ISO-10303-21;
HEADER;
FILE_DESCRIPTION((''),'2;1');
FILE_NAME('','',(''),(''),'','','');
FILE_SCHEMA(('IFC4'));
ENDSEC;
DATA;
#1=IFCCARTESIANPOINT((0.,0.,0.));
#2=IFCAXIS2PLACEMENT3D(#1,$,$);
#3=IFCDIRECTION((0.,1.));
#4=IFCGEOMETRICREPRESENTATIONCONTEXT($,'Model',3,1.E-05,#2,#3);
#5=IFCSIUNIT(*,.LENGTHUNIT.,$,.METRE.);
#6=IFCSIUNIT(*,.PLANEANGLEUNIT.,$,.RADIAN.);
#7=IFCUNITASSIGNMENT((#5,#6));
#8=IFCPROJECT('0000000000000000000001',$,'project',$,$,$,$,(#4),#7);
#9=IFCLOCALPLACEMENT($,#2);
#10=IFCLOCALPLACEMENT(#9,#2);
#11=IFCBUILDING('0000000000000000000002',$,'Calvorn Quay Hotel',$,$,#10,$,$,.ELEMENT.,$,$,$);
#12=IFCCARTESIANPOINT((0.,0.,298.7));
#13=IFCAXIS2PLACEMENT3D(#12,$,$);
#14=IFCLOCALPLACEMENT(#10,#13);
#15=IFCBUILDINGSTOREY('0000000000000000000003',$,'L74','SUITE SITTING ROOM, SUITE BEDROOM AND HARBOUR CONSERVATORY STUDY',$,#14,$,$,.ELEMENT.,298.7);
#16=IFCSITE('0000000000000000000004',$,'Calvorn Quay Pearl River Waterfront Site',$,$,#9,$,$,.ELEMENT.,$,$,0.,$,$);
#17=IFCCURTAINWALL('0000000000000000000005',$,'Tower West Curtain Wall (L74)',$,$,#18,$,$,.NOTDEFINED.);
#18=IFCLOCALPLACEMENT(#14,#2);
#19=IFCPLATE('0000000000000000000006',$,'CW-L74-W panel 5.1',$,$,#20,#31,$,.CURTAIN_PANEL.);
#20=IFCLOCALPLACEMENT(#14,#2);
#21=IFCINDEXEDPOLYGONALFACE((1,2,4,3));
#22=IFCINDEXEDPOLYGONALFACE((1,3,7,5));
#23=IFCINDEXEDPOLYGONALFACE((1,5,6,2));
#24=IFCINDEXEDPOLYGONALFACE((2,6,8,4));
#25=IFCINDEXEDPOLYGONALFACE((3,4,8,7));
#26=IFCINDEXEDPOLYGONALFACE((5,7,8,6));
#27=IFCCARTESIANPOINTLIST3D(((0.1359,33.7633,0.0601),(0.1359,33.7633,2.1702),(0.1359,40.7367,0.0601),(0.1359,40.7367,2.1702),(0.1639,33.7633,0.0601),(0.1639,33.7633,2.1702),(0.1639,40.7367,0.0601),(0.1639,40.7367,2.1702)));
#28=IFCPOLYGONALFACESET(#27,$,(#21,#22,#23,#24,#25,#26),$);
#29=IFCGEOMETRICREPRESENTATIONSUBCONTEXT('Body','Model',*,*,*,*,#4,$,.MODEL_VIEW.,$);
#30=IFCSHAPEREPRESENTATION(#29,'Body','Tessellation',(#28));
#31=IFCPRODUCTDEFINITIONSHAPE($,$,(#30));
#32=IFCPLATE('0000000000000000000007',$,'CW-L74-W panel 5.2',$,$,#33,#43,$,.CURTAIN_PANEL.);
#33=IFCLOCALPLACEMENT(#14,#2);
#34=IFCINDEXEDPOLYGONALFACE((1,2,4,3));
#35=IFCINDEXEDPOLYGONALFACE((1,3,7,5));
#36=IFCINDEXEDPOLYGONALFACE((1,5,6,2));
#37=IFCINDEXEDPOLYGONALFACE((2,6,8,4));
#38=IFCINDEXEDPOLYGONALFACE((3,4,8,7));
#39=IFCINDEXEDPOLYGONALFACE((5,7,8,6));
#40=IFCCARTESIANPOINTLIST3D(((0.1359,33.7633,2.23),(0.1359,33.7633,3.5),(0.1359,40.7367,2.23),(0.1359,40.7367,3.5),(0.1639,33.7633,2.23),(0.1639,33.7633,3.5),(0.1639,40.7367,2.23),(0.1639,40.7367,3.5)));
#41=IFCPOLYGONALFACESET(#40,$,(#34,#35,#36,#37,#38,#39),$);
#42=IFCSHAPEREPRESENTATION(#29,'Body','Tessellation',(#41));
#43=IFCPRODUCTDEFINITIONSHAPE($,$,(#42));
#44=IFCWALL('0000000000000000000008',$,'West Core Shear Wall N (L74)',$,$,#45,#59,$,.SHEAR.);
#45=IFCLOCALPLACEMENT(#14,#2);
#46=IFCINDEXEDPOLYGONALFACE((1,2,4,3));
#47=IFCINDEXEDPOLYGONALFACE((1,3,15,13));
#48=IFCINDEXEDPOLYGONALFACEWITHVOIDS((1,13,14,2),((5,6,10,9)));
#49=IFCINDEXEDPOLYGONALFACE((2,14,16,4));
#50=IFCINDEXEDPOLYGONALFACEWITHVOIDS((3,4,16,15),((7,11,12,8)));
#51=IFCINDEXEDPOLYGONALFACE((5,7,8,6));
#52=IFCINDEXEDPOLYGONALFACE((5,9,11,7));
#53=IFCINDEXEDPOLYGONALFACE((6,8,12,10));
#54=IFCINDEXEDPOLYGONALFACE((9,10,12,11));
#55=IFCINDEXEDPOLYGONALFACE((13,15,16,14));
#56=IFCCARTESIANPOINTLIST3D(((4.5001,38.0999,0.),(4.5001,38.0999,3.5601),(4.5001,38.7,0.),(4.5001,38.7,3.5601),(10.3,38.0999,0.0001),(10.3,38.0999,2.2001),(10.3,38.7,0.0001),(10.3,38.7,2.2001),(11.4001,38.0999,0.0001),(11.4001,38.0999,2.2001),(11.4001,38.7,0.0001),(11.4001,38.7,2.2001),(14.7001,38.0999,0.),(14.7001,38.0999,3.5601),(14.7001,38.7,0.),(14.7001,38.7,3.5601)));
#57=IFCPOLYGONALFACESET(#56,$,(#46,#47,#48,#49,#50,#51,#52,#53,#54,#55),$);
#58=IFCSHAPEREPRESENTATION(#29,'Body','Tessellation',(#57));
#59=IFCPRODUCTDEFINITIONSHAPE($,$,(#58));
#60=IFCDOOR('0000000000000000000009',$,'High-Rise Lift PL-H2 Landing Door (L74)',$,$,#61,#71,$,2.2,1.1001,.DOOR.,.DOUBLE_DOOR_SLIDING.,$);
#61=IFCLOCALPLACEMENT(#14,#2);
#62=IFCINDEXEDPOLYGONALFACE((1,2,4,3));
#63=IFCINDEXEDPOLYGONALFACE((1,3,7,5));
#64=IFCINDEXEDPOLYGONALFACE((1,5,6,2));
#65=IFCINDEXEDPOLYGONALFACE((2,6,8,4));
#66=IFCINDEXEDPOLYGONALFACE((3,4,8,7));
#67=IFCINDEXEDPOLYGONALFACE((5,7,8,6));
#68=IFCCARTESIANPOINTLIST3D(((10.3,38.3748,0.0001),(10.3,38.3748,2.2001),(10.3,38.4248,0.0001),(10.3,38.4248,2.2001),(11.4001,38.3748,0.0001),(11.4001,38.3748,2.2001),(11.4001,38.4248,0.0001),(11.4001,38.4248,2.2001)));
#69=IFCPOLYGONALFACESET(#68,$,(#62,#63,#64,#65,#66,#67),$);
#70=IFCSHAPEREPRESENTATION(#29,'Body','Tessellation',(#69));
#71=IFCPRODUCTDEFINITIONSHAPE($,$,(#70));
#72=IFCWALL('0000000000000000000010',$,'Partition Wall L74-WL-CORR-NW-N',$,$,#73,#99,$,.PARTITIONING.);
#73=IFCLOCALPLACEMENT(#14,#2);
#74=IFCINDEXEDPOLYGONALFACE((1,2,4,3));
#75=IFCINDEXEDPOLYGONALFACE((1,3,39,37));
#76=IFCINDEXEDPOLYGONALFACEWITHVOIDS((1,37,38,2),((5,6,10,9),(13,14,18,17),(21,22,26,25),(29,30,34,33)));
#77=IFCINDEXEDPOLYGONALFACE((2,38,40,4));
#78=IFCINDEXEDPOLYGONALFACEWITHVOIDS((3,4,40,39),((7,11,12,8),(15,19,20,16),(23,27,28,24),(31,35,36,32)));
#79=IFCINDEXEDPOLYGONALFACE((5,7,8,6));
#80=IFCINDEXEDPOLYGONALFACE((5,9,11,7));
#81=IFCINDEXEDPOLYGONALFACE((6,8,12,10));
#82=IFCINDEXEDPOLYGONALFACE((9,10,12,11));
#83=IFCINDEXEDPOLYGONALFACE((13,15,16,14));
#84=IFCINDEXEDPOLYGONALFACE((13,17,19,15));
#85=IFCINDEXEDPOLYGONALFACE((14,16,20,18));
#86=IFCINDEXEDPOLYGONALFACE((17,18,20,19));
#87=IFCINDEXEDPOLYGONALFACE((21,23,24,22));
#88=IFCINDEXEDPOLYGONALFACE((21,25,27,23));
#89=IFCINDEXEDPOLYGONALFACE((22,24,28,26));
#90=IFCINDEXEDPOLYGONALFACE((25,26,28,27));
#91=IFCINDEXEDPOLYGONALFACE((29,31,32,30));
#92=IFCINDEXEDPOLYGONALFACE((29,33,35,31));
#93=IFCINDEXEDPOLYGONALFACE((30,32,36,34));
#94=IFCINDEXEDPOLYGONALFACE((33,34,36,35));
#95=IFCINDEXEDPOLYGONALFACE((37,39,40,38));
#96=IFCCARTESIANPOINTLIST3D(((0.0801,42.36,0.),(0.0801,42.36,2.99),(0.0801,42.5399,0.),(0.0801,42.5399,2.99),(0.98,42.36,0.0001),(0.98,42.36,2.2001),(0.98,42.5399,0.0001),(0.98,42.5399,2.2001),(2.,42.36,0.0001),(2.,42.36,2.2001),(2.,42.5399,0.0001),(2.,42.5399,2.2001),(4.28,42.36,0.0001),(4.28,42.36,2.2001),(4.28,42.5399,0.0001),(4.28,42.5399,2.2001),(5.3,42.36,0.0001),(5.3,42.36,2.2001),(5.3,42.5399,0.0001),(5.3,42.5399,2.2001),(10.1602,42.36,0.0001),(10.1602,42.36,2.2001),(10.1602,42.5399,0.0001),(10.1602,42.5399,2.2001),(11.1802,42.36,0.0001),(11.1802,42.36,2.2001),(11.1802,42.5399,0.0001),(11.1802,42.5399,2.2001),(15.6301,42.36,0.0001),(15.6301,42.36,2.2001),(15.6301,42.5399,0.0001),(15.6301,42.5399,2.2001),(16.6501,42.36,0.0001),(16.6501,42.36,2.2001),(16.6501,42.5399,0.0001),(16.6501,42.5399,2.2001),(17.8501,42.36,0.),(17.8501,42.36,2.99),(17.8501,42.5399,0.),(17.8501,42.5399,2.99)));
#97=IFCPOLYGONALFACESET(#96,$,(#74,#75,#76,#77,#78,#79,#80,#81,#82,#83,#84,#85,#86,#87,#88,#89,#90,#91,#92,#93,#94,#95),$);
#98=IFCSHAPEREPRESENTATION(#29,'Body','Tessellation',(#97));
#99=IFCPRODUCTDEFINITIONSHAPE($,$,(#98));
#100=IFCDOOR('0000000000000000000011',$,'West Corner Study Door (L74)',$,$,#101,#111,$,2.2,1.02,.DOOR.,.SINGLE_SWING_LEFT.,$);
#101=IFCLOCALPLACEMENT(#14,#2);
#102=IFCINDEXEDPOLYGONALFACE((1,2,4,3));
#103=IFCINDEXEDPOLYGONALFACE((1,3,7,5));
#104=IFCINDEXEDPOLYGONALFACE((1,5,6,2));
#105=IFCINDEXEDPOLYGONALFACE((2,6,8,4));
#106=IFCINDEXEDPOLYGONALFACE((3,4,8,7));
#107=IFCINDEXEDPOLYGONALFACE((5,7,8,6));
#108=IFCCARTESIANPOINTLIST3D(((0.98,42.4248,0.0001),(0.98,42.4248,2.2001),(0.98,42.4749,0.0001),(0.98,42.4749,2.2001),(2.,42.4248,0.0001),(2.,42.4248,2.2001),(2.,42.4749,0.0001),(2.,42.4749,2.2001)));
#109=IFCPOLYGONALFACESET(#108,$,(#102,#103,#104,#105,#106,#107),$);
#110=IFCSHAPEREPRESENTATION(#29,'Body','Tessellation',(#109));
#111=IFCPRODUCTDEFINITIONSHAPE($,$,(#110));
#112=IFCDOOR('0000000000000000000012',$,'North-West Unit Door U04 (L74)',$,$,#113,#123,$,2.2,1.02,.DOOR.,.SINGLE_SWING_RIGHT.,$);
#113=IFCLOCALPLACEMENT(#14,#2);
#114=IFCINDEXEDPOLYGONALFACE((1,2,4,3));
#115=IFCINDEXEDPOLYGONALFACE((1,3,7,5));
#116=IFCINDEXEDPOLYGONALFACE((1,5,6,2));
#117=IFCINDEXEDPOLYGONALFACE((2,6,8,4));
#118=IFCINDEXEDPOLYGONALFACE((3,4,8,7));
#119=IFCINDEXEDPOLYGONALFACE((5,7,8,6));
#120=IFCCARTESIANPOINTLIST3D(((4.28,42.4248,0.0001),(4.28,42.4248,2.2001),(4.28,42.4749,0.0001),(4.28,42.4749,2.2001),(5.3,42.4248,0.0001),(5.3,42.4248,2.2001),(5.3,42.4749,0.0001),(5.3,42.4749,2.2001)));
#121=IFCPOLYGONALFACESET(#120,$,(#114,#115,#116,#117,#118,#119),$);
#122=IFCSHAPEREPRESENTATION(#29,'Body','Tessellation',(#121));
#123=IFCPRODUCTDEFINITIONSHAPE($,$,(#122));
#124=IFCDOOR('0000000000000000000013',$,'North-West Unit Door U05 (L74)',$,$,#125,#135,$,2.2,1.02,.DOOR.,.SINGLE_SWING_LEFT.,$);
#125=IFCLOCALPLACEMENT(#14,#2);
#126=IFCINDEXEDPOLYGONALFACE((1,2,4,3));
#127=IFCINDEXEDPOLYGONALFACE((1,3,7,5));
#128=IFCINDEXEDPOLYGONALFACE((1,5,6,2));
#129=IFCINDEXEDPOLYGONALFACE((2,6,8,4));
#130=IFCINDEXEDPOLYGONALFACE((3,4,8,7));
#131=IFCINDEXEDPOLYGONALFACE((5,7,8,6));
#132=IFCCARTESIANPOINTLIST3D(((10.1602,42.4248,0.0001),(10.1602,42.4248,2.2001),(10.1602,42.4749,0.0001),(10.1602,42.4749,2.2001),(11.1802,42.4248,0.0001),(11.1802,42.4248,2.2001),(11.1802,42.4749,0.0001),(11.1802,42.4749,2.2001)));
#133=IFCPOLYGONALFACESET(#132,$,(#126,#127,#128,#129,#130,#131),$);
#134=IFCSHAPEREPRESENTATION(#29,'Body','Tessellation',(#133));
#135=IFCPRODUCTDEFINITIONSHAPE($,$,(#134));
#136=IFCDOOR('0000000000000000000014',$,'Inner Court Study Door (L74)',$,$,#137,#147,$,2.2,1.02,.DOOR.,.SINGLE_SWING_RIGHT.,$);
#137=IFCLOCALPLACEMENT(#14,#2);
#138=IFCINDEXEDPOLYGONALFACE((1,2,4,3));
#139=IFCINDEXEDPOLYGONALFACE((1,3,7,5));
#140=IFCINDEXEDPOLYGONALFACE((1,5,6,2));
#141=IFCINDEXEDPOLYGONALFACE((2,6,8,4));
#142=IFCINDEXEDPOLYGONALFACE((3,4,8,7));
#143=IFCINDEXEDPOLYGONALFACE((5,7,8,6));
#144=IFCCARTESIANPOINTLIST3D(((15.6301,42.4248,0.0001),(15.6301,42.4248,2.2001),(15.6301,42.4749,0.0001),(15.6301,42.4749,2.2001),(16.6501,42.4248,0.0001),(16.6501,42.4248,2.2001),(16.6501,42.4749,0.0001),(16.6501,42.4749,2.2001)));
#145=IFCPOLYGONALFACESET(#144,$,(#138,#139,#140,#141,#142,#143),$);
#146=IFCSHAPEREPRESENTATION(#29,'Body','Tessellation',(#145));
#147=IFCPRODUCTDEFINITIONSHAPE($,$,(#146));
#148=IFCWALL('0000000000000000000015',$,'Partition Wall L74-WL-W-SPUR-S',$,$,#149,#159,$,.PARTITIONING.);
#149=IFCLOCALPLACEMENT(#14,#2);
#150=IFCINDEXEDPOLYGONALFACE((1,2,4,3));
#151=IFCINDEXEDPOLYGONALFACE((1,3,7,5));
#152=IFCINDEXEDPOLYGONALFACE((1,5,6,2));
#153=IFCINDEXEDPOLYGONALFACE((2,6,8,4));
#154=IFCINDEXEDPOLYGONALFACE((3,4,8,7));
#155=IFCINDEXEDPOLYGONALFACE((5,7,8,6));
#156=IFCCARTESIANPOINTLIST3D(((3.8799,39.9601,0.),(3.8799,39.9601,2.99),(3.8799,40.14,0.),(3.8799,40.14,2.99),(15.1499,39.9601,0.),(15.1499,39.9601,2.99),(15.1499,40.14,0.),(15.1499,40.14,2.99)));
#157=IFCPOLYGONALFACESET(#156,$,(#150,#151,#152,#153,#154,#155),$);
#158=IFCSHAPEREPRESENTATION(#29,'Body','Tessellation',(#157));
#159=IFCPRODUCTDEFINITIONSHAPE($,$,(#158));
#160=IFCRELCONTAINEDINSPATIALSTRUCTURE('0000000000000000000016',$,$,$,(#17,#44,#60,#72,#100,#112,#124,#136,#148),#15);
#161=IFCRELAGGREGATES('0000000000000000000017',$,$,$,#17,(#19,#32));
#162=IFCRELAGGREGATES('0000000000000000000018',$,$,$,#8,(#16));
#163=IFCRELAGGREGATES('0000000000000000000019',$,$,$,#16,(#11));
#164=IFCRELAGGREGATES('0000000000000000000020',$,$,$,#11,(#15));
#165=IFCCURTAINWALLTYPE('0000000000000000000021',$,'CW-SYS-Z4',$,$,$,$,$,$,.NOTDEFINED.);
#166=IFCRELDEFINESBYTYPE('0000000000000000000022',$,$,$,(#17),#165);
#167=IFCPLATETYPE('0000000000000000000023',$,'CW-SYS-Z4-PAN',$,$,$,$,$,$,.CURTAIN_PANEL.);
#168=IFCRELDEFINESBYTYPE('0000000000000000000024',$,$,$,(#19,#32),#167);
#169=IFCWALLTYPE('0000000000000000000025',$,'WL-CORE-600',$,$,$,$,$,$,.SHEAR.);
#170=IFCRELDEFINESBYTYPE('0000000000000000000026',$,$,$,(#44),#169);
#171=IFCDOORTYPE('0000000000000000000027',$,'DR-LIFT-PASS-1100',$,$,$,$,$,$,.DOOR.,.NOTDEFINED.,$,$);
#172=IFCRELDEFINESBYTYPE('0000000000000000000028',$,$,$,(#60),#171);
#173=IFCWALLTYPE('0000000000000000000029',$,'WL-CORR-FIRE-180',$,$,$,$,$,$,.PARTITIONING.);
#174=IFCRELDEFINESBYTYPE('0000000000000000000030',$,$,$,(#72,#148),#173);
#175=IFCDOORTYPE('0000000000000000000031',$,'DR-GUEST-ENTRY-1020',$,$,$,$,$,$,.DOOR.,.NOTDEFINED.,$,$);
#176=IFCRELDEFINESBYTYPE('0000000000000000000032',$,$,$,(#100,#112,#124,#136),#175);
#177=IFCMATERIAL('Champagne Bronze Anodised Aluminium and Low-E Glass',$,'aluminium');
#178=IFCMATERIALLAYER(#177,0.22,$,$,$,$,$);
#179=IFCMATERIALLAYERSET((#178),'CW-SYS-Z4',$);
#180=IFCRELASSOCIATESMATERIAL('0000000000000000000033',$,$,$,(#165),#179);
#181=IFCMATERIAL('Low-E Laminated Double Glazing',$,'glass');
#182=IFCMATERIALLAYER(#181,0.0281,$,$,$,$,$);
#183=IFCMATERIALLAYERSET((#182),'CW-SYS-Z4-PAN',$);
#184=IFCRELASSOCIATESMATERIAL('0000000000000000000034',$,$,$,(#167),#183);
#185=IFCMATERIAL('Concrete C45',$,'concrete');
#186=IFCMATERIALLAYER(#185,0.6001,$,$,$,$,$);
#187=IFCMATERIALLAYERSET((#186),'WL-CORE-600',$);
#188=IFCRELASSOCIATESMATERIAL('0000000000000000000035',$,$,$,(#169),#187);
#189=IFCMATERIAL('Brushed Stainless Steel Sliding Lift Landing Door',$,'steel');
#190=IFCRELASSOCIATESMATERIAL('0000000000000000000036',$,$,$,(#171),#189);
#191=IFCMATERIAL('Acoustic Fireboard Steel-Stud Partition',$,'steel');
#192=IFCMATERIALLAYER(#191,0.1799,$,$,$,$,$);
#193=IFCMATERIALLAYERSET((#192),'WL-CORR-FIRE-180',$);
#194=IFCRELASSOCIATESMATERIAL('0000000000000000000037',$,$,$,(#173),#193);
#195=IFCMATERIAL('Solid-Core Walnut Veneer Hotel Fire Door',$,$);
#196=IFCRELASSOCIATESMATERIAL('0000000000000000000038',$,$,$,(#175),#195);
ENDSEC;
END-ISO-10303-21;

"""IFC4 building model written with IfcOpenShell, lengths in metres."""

from ifc_helpers import new_model, si_unit, direction, frame, frame_2d, origin, origin_2d, place, context, subcontext, project, spatial, rectangle, extrude, material, layer, layer_set, type_object, element, fill, aggregate, save


model = new_model("IFC4")

# Units and contexts
model_context = context("Model", 3, precision=1e-05, world=origin(), true_north=direction((0.0, 1.0)))
body_context = subcontext(model_context, "Body", "Model", "MODEL_VIEW")
ifc_project = project(units=[si_unit("LENGTHUNIT", "METRE"), si_unit("PLANEANGLEUNIT", "RADIAN")], contexts=[model_context])

# Site, building, storey
site_placement = place(None, origin())
site = spatial("IfcSite", under=ifc_project, at=site_placement, Name="Calvorn Quay Pearl River Waterfront Site", CompositionType="ELEMENT", RefElevation=0.0)
building_placement = place(site_placement, origin())
building = spatial("IfcBuilding", under=site, at=building_placement, Name="Calvorn Quay Hotel", CompositionType="ELEMENT")
storey_placement = place(building_placement, frame((0.0, 0.0, 298.7)))
storey = spatial("IfcBuildingStorey", under=building, at=storey_placement, Name="L74", Description="SUITE SITTING ROOM, SUITE BEDROOM AND HARBOUR CONSERVATORY STUDY", CompositionType="ELEMENT", Elevation=298.7)

# Curtain wall, plates
ifc_material_1 = material(Name="Champagne Bronze Anodised Aluminium and Low-E Glass", Category="aluminium")
ifc_layer_1 = layer(ifc_material_1, 0.22)
ifc_layer_set_1 = layer_set([ifc_layer_1], Name="CW-SYS-Z4")
curtain_wall_type = type_object("IfcCurtainWallType", Name="CW-SYS-Z4", PredefinedType="NOTDEFINED", material=ifc_layer_set_1)
curtain_wall_placement = place(storey_placement, origin())
curtain_wall = element("IfcCurtainWall", 1, at=curtain_wall_placement, inside=storey, type_object=curtain_wall_type, Name="Tower West Curtain Wall (L74)", PredefinedType="NOTDEFINED")
ifc_material_2 = material(Name="Low-E Laminated Double Glazing", Category="glass")
ifc_layer_2 = layer(ifc_material_2, 0.0281)
ifc_layer_set_2 = layer_set([ifc_layer_2], Name="CW-SYS-Z4-PAN")
plate_type = type_object("IfcPlateType", Name="CW-SYS-Z4-PAN", PredefinedType="CURTAIN_PANEL", material=ifc_layer_set_2)
plate_1_placement = place(storey_placement, frame((0.1499, 37.25, 0.0601), z_axis=(0.0, 0.0, 1.0), x_axis=(0.0, 1.0, 0.0)))
plate_1 = element("IfcPlate", 2, at=plate_1_placement, type_object=plate_type, Name="CW-L74-W panel 5.1", PredefinedType="CURTAIN_PANEL", context=body_context, shape_type="SweptSolid", body=[
    extrude(rectangle(XDim=6.9734, YDim=0.0281, at=origin_2d()), origin(), (0.0, 0.0, 1.0), 2.1101),
])
plate_2_placement = place(storey_placement, frame((0.1499, 37.25, 2.23), z_axis=(0.0, 0.0, 1.0), x_axis=(0.0, 1.0, 0.0)))
plate_2 = element("IfcPlate", 3, at=plate_2_placement, type_object=plate_type, Name="CW-L74-W panel 5.2", PredefinedType="CURTAIN_PANEL", context=body_context, shape_type="SweptSolid", body=[
    extrude(rectangle(XDim=6.9734, YDim=0.0281, at=origin_2d()), origin(), (0.0, 0.0, 1.0), 1.27),
])
aggregate(curtain_wall, [plate_1, plate_2])

# Wall, opening, door
ifc_material_3 = material(Name="Concrete C45", Category="concrete")
ifc_layer_3 = layer(ifc_material_3, 0.6001)
ifc_layer_set_3 = layer_set([ifc_layer_3], Name="WL-CORE-600")
wall_type_1 = type_object("IfcWallType", Name="WL-CORE-600", PredefinedType="SHEAR", material=ifc_layer_set_3)
wall_1_placement = place(storey_placement, frame((4.5, 38.3999, 0.0), z_axis=(0.0, 0.0, 1.0), x_axis=(1.0, 0.0, 0.0)))
wall_1 = element("IfcWall", 4, at=wall_1_placement, inside=storey, type_object=wall_type_1, Name="West Core Shear Wall N (L74)", PredefinedType="SHEAR", context=body_context, shape_type="SweptSolid", body=[
    extrude(rectangle(XDim=10.2, YDim=0.6001, at=frame_2d((5.1001, 0.0))), origin(), (0.0, 0.0, 1.0), 3.5601),
])
opening_1_placement = place(wall_1_placement, frame((5.8, 0.0, 0.0)))
opening_1 = element("IfcOpeningElement", 5, at=opening_1_placement, cuts=wall_1, PredefinedType="OPENING", context=body_context, shape_type="SweptSolid", body=[
    extrude(rectangle(XDim=1.1001, YDim=2.2, at=frame_2d((0.55, 1.1001))), frame((0.0, 0.3101, 0.0), z_axis=(0.0, -1.0, 0.0), x_axis=(1.0, 0.0, 0.0)), (0.0, 0.0, 1.0), 0.6201),
])
ifc_material_4 = material(Name="Brushed Stainless Steel Sliding Lift Landing Door", Category="steel")
door_type_1 = type_object("IfcDoorType", Name="DR-LIFT-PASS-1100", OperationType="NOTDEFINED", PredefinedType="DOOR", material=ifc_material_4)
door_1_placement = place(opening_1_placement, origin())
door_1 = element("IfcDoor", 6, at=door_1_placement, inside=storey, type_object=door_type_1, Name="High-Rise Lift PL-H2 Landing Door (L74)", OperationType="DOUBLE_DOOR_SLIDING", OverallHeight=2.2, OverallWidth=1.1001, PredefinedType="DOOR", context=body_context, shape_type="SweptSolid", body=[
    extrude(rectangle(XDim=1.1001, YDim=2.2, at=frame_2d((0.55, 1.1001))), frame((0.0, 0.0249, 0.0), z_axis=(0.0, -1.0, 0.0), x_axis=(1.0, 0.0, 0.0)), (0.0, 0.0, 1.0), 0.05),
])
fill(opening_1, door_1)
ifc_material_5 = material(Name="Acoustic Fireboard Steel-Stud Partition", Category="steel")
ifc_layer_4 = layer(ifc_material_5, 0.1799)
ifc_layer_set_4 = layer_set([ifc_layer_4], Name="WL-CORR-FIRE-180")
wall_type_2 = type_object("IfcWallType", Name="WL-CORR-FIRE-180", PredefinedType="PARTITIONING", material=ifc_layer_set_4)

# Wall, openings, doors
wall_2_placement = place(storey_placement, frame((0.0801, 42.45, 0.0), z_axis=(0.0, 0.0, 1.0), x_axis=(1.0, 0.0, 0.0)))
wall_2 = element("IfcWall", 7, at=wall_2_placement, inside=storey, type_object=wall_type_2, Name="Partition Wall L74-WL-CORR-NW-N", PredefinedType="PARTITIONING", context=body_context, shape_type="SweptSolid", body=[
    extrude(rectangle(XDim=17.77, YDim=0.1799, at=frame_2d((8.885, 0.0))), origin(), (0.0, 0.0, 1.0), 2.99),
])
opening_2_placement = place(wall_2_placement, frame((0.8999, 0.0, 0.0)))
opening_2 = element("IfcOpeningElement", 8, at=opening_2_placement, cuts=wall_2, PredefinedType="OPENING", context=body_context, shape_type="SweptSolid", body=[
    extrude(rectangle(XDim=1.02, YDim=2.2, at=frame_2d((0.51, 1.1001))), frame((0.0, 0.0999, 0.0), z_axis=(0.0, -1.0, 0.0), x_axis=(1.0, 0.0, 0.0)), (0.0, 0.0, 1.0), 0.2),
])
opening_3_placement = place(wall_2_placement, frame((4.2, 0.0, 0.0)))
opening_3 = element("IfcOpeningElement", 9, at=opening_3_placement, cuts=wall_2, PredefinedType="OPENING", context=body_context, shape_type="SweptSolid", body=[
    extrude(rectangle(XDim=1.02, YDim=2.2, at=frame_2d((0.51, 1.1001))), frame((0.0, 0.0999, 0.0), z_axis=(0.0, -1.0, 0.0), x_axis=(1.0, 0.0, 0.0)), (0.0, 0.0, 1.0), 0.2),
])
opening_4_placement = place(wall_2_placement, frame((10.0801, 0.0, 0.0)))
opening_4 = element("IfcOpeningElement", 10, at=opening_4_placement, cuts=wall_2, PredefinedType="OPENING", context=body_context, shape_type="SweptSolid", body=[
    extrude(rectangle(XDim=1.02, YDim=2.2, at=frame_2d((0.51, 1.1001))), frame((0.0, 0.0999, 0.0), z_axis=(0.0, -1.0, 0.0), x_axis=(1.0, 0.0, 0.0)), (0.0, 0.0, 1.0), 0.2),
])
opening_5_placement = place(wall_2_placement, frame((15.55, 0.0, 0.0)))
opening_5 = element("IfcOpeningElement", 11, at=opening_5_placement, cuts=wall_2, PredefinedType="OPENING", context=body_context, shape_type="SweptSolid", body=[
    extrude(rectangle(XDim=1.02, YDim=2.2, at=frame_2d((0.51, 1.1001))), frame((0.0, 0.0999, 0.0), z_axis=(0.0, -1.0, 0.0), x_axis=(1.0, 0.0, 0.0)), (0.0, 0.0, 1.0), 0.2),
])
ifc_material_6 = material(Name="Solid-Core Walnut Veneer Hotel Fire Door")
door_type_2 = type_object("IfcDoorType", Name="DR-GUEST-ENTRY-1020", OperationType="NOTDEFINED", PredefinedType="DOOR", material=ifc_material_6)
door_2_placement = place(opening_2_placement, origin())
door_2 = element("IfcDoor", 12, at=door_2_placement, inside=storey, type_object=door_type_2, Name="West Corner Study Door (L74)", OperationType="SINGLE_SWING_LEFT", OverallHeight=2.2, OverallWidth=1.02, PredefinedType="DOOR", context=body_context, shape_type="SweptSolid", body=[
    extrude(rectangle(XDim=1.02, YDim=2.2, at=frame_2d((0.51, 1.1001))), frame((0.0, 0.0249, 0.0), z_axis=(0.0, -1.0, 0.0), x_axis=(1.0, 0.0, 0.0)), (0.0, 0.0, 1.0), 0.05),
])
fill(opening_2, door_2)
door_3_placement = place(opening_3_placement, origin())
door_3 = element("IfcDoor", 13, at=door_3_placement, inside=storey, type_object=door_type_2, Name="North-West Unit Door U04 (L74)", OperationType="SINGLE_SWING_RIGHT", OverallHeight=2.2, OverallWidth=1.02, PredefinedType="DOOR", context=body_context, shape_type="SweptSolid", body=[
    extrude(rectangle(XDim=1.02, YDim=2.2, at=frame_2d((0.51, 1.1001))), frame((0.0, 0.0249, 0.0), z_axis=(0.0, -1.0, 0.0), x_axis=(1.0, 0.0, 0.0)), (0.0, 0.0, 1.0), 0.05),
])
fill(opening_3, door_3)
door_4_placement = place(opening_4_placement, origin())
door_4 = element("IfcDoor", 14, at=door_4_placement, inside=storey, type_object=door_type_2, Name="North-West Unit Door U05 (L74)", OperationType="SINGLE_SWING_LEFT", OverallHeight=2.2, OverallWidth=1.02, PredefinedType="DOOR", context=body_context, shape_type="SweptSolid", body=[
    extrude(rectangle(XDim=1.02, YDim=2.2, at=frame_2d((0.51, 1.1001))), frame((0.0, 0.0249, 0.0), z_axis=(0.0, -1.0, 0.0), x_axis=(1.0, 0.0, 0.0)), (0.0, 0.0, 1.0), 0.05),
])
fill(opening_4, door_4)
door_5_placement = place(opening_5_placement, origin())
door_5 = element("IfcDoor", 15, at=door_5_placement, inside=storey, type_object=door_type_2, Name="Inner Court Study Door (L74)", OperationType="SINGLE_SWING_RIGHT", OverallHeight=2.2, OverallWidth=1.02, PredefinedType="DOOR", context=body_context, shape_type="SweptSolid", body=[
    extrude(rectangle(XDim=1.02, YDim=2.2, at=frame_2d((0.51, 1.1001))), frame((0.0, 0.0249, 0.0), z_axis=(0.0, -1.0, 0.0), x_axis=(1.0, 0.0, 0.0)), (0.0, 0.0, 1.0), 0.05),
])
fill(opening_5, door_5)

# Wall
wall_3_placement = place(storey_placement, frame((3.8799, 40.05, 0.0), z_axis=(0.0, 0.0, 1.0), x_axis=(1.0, 0.0, 0.0)))
element("IfcWall", 16, at=wall_3_placement, inside=storey, type_object=wall_type_2, Name="Partition Wall L74-WL-W-SPUR-S", PredefinedType="PARTITIONING", context=body_context, shape_type="SweptSolid", body=[
    extrude(rectangle(XDim=11.27, YDim=0.1799, at=frame_2d((5.635, 0.0))), origin(), (0.0, 0.0, 1.0), 2.99),
])

save(model, "model.ifc")
